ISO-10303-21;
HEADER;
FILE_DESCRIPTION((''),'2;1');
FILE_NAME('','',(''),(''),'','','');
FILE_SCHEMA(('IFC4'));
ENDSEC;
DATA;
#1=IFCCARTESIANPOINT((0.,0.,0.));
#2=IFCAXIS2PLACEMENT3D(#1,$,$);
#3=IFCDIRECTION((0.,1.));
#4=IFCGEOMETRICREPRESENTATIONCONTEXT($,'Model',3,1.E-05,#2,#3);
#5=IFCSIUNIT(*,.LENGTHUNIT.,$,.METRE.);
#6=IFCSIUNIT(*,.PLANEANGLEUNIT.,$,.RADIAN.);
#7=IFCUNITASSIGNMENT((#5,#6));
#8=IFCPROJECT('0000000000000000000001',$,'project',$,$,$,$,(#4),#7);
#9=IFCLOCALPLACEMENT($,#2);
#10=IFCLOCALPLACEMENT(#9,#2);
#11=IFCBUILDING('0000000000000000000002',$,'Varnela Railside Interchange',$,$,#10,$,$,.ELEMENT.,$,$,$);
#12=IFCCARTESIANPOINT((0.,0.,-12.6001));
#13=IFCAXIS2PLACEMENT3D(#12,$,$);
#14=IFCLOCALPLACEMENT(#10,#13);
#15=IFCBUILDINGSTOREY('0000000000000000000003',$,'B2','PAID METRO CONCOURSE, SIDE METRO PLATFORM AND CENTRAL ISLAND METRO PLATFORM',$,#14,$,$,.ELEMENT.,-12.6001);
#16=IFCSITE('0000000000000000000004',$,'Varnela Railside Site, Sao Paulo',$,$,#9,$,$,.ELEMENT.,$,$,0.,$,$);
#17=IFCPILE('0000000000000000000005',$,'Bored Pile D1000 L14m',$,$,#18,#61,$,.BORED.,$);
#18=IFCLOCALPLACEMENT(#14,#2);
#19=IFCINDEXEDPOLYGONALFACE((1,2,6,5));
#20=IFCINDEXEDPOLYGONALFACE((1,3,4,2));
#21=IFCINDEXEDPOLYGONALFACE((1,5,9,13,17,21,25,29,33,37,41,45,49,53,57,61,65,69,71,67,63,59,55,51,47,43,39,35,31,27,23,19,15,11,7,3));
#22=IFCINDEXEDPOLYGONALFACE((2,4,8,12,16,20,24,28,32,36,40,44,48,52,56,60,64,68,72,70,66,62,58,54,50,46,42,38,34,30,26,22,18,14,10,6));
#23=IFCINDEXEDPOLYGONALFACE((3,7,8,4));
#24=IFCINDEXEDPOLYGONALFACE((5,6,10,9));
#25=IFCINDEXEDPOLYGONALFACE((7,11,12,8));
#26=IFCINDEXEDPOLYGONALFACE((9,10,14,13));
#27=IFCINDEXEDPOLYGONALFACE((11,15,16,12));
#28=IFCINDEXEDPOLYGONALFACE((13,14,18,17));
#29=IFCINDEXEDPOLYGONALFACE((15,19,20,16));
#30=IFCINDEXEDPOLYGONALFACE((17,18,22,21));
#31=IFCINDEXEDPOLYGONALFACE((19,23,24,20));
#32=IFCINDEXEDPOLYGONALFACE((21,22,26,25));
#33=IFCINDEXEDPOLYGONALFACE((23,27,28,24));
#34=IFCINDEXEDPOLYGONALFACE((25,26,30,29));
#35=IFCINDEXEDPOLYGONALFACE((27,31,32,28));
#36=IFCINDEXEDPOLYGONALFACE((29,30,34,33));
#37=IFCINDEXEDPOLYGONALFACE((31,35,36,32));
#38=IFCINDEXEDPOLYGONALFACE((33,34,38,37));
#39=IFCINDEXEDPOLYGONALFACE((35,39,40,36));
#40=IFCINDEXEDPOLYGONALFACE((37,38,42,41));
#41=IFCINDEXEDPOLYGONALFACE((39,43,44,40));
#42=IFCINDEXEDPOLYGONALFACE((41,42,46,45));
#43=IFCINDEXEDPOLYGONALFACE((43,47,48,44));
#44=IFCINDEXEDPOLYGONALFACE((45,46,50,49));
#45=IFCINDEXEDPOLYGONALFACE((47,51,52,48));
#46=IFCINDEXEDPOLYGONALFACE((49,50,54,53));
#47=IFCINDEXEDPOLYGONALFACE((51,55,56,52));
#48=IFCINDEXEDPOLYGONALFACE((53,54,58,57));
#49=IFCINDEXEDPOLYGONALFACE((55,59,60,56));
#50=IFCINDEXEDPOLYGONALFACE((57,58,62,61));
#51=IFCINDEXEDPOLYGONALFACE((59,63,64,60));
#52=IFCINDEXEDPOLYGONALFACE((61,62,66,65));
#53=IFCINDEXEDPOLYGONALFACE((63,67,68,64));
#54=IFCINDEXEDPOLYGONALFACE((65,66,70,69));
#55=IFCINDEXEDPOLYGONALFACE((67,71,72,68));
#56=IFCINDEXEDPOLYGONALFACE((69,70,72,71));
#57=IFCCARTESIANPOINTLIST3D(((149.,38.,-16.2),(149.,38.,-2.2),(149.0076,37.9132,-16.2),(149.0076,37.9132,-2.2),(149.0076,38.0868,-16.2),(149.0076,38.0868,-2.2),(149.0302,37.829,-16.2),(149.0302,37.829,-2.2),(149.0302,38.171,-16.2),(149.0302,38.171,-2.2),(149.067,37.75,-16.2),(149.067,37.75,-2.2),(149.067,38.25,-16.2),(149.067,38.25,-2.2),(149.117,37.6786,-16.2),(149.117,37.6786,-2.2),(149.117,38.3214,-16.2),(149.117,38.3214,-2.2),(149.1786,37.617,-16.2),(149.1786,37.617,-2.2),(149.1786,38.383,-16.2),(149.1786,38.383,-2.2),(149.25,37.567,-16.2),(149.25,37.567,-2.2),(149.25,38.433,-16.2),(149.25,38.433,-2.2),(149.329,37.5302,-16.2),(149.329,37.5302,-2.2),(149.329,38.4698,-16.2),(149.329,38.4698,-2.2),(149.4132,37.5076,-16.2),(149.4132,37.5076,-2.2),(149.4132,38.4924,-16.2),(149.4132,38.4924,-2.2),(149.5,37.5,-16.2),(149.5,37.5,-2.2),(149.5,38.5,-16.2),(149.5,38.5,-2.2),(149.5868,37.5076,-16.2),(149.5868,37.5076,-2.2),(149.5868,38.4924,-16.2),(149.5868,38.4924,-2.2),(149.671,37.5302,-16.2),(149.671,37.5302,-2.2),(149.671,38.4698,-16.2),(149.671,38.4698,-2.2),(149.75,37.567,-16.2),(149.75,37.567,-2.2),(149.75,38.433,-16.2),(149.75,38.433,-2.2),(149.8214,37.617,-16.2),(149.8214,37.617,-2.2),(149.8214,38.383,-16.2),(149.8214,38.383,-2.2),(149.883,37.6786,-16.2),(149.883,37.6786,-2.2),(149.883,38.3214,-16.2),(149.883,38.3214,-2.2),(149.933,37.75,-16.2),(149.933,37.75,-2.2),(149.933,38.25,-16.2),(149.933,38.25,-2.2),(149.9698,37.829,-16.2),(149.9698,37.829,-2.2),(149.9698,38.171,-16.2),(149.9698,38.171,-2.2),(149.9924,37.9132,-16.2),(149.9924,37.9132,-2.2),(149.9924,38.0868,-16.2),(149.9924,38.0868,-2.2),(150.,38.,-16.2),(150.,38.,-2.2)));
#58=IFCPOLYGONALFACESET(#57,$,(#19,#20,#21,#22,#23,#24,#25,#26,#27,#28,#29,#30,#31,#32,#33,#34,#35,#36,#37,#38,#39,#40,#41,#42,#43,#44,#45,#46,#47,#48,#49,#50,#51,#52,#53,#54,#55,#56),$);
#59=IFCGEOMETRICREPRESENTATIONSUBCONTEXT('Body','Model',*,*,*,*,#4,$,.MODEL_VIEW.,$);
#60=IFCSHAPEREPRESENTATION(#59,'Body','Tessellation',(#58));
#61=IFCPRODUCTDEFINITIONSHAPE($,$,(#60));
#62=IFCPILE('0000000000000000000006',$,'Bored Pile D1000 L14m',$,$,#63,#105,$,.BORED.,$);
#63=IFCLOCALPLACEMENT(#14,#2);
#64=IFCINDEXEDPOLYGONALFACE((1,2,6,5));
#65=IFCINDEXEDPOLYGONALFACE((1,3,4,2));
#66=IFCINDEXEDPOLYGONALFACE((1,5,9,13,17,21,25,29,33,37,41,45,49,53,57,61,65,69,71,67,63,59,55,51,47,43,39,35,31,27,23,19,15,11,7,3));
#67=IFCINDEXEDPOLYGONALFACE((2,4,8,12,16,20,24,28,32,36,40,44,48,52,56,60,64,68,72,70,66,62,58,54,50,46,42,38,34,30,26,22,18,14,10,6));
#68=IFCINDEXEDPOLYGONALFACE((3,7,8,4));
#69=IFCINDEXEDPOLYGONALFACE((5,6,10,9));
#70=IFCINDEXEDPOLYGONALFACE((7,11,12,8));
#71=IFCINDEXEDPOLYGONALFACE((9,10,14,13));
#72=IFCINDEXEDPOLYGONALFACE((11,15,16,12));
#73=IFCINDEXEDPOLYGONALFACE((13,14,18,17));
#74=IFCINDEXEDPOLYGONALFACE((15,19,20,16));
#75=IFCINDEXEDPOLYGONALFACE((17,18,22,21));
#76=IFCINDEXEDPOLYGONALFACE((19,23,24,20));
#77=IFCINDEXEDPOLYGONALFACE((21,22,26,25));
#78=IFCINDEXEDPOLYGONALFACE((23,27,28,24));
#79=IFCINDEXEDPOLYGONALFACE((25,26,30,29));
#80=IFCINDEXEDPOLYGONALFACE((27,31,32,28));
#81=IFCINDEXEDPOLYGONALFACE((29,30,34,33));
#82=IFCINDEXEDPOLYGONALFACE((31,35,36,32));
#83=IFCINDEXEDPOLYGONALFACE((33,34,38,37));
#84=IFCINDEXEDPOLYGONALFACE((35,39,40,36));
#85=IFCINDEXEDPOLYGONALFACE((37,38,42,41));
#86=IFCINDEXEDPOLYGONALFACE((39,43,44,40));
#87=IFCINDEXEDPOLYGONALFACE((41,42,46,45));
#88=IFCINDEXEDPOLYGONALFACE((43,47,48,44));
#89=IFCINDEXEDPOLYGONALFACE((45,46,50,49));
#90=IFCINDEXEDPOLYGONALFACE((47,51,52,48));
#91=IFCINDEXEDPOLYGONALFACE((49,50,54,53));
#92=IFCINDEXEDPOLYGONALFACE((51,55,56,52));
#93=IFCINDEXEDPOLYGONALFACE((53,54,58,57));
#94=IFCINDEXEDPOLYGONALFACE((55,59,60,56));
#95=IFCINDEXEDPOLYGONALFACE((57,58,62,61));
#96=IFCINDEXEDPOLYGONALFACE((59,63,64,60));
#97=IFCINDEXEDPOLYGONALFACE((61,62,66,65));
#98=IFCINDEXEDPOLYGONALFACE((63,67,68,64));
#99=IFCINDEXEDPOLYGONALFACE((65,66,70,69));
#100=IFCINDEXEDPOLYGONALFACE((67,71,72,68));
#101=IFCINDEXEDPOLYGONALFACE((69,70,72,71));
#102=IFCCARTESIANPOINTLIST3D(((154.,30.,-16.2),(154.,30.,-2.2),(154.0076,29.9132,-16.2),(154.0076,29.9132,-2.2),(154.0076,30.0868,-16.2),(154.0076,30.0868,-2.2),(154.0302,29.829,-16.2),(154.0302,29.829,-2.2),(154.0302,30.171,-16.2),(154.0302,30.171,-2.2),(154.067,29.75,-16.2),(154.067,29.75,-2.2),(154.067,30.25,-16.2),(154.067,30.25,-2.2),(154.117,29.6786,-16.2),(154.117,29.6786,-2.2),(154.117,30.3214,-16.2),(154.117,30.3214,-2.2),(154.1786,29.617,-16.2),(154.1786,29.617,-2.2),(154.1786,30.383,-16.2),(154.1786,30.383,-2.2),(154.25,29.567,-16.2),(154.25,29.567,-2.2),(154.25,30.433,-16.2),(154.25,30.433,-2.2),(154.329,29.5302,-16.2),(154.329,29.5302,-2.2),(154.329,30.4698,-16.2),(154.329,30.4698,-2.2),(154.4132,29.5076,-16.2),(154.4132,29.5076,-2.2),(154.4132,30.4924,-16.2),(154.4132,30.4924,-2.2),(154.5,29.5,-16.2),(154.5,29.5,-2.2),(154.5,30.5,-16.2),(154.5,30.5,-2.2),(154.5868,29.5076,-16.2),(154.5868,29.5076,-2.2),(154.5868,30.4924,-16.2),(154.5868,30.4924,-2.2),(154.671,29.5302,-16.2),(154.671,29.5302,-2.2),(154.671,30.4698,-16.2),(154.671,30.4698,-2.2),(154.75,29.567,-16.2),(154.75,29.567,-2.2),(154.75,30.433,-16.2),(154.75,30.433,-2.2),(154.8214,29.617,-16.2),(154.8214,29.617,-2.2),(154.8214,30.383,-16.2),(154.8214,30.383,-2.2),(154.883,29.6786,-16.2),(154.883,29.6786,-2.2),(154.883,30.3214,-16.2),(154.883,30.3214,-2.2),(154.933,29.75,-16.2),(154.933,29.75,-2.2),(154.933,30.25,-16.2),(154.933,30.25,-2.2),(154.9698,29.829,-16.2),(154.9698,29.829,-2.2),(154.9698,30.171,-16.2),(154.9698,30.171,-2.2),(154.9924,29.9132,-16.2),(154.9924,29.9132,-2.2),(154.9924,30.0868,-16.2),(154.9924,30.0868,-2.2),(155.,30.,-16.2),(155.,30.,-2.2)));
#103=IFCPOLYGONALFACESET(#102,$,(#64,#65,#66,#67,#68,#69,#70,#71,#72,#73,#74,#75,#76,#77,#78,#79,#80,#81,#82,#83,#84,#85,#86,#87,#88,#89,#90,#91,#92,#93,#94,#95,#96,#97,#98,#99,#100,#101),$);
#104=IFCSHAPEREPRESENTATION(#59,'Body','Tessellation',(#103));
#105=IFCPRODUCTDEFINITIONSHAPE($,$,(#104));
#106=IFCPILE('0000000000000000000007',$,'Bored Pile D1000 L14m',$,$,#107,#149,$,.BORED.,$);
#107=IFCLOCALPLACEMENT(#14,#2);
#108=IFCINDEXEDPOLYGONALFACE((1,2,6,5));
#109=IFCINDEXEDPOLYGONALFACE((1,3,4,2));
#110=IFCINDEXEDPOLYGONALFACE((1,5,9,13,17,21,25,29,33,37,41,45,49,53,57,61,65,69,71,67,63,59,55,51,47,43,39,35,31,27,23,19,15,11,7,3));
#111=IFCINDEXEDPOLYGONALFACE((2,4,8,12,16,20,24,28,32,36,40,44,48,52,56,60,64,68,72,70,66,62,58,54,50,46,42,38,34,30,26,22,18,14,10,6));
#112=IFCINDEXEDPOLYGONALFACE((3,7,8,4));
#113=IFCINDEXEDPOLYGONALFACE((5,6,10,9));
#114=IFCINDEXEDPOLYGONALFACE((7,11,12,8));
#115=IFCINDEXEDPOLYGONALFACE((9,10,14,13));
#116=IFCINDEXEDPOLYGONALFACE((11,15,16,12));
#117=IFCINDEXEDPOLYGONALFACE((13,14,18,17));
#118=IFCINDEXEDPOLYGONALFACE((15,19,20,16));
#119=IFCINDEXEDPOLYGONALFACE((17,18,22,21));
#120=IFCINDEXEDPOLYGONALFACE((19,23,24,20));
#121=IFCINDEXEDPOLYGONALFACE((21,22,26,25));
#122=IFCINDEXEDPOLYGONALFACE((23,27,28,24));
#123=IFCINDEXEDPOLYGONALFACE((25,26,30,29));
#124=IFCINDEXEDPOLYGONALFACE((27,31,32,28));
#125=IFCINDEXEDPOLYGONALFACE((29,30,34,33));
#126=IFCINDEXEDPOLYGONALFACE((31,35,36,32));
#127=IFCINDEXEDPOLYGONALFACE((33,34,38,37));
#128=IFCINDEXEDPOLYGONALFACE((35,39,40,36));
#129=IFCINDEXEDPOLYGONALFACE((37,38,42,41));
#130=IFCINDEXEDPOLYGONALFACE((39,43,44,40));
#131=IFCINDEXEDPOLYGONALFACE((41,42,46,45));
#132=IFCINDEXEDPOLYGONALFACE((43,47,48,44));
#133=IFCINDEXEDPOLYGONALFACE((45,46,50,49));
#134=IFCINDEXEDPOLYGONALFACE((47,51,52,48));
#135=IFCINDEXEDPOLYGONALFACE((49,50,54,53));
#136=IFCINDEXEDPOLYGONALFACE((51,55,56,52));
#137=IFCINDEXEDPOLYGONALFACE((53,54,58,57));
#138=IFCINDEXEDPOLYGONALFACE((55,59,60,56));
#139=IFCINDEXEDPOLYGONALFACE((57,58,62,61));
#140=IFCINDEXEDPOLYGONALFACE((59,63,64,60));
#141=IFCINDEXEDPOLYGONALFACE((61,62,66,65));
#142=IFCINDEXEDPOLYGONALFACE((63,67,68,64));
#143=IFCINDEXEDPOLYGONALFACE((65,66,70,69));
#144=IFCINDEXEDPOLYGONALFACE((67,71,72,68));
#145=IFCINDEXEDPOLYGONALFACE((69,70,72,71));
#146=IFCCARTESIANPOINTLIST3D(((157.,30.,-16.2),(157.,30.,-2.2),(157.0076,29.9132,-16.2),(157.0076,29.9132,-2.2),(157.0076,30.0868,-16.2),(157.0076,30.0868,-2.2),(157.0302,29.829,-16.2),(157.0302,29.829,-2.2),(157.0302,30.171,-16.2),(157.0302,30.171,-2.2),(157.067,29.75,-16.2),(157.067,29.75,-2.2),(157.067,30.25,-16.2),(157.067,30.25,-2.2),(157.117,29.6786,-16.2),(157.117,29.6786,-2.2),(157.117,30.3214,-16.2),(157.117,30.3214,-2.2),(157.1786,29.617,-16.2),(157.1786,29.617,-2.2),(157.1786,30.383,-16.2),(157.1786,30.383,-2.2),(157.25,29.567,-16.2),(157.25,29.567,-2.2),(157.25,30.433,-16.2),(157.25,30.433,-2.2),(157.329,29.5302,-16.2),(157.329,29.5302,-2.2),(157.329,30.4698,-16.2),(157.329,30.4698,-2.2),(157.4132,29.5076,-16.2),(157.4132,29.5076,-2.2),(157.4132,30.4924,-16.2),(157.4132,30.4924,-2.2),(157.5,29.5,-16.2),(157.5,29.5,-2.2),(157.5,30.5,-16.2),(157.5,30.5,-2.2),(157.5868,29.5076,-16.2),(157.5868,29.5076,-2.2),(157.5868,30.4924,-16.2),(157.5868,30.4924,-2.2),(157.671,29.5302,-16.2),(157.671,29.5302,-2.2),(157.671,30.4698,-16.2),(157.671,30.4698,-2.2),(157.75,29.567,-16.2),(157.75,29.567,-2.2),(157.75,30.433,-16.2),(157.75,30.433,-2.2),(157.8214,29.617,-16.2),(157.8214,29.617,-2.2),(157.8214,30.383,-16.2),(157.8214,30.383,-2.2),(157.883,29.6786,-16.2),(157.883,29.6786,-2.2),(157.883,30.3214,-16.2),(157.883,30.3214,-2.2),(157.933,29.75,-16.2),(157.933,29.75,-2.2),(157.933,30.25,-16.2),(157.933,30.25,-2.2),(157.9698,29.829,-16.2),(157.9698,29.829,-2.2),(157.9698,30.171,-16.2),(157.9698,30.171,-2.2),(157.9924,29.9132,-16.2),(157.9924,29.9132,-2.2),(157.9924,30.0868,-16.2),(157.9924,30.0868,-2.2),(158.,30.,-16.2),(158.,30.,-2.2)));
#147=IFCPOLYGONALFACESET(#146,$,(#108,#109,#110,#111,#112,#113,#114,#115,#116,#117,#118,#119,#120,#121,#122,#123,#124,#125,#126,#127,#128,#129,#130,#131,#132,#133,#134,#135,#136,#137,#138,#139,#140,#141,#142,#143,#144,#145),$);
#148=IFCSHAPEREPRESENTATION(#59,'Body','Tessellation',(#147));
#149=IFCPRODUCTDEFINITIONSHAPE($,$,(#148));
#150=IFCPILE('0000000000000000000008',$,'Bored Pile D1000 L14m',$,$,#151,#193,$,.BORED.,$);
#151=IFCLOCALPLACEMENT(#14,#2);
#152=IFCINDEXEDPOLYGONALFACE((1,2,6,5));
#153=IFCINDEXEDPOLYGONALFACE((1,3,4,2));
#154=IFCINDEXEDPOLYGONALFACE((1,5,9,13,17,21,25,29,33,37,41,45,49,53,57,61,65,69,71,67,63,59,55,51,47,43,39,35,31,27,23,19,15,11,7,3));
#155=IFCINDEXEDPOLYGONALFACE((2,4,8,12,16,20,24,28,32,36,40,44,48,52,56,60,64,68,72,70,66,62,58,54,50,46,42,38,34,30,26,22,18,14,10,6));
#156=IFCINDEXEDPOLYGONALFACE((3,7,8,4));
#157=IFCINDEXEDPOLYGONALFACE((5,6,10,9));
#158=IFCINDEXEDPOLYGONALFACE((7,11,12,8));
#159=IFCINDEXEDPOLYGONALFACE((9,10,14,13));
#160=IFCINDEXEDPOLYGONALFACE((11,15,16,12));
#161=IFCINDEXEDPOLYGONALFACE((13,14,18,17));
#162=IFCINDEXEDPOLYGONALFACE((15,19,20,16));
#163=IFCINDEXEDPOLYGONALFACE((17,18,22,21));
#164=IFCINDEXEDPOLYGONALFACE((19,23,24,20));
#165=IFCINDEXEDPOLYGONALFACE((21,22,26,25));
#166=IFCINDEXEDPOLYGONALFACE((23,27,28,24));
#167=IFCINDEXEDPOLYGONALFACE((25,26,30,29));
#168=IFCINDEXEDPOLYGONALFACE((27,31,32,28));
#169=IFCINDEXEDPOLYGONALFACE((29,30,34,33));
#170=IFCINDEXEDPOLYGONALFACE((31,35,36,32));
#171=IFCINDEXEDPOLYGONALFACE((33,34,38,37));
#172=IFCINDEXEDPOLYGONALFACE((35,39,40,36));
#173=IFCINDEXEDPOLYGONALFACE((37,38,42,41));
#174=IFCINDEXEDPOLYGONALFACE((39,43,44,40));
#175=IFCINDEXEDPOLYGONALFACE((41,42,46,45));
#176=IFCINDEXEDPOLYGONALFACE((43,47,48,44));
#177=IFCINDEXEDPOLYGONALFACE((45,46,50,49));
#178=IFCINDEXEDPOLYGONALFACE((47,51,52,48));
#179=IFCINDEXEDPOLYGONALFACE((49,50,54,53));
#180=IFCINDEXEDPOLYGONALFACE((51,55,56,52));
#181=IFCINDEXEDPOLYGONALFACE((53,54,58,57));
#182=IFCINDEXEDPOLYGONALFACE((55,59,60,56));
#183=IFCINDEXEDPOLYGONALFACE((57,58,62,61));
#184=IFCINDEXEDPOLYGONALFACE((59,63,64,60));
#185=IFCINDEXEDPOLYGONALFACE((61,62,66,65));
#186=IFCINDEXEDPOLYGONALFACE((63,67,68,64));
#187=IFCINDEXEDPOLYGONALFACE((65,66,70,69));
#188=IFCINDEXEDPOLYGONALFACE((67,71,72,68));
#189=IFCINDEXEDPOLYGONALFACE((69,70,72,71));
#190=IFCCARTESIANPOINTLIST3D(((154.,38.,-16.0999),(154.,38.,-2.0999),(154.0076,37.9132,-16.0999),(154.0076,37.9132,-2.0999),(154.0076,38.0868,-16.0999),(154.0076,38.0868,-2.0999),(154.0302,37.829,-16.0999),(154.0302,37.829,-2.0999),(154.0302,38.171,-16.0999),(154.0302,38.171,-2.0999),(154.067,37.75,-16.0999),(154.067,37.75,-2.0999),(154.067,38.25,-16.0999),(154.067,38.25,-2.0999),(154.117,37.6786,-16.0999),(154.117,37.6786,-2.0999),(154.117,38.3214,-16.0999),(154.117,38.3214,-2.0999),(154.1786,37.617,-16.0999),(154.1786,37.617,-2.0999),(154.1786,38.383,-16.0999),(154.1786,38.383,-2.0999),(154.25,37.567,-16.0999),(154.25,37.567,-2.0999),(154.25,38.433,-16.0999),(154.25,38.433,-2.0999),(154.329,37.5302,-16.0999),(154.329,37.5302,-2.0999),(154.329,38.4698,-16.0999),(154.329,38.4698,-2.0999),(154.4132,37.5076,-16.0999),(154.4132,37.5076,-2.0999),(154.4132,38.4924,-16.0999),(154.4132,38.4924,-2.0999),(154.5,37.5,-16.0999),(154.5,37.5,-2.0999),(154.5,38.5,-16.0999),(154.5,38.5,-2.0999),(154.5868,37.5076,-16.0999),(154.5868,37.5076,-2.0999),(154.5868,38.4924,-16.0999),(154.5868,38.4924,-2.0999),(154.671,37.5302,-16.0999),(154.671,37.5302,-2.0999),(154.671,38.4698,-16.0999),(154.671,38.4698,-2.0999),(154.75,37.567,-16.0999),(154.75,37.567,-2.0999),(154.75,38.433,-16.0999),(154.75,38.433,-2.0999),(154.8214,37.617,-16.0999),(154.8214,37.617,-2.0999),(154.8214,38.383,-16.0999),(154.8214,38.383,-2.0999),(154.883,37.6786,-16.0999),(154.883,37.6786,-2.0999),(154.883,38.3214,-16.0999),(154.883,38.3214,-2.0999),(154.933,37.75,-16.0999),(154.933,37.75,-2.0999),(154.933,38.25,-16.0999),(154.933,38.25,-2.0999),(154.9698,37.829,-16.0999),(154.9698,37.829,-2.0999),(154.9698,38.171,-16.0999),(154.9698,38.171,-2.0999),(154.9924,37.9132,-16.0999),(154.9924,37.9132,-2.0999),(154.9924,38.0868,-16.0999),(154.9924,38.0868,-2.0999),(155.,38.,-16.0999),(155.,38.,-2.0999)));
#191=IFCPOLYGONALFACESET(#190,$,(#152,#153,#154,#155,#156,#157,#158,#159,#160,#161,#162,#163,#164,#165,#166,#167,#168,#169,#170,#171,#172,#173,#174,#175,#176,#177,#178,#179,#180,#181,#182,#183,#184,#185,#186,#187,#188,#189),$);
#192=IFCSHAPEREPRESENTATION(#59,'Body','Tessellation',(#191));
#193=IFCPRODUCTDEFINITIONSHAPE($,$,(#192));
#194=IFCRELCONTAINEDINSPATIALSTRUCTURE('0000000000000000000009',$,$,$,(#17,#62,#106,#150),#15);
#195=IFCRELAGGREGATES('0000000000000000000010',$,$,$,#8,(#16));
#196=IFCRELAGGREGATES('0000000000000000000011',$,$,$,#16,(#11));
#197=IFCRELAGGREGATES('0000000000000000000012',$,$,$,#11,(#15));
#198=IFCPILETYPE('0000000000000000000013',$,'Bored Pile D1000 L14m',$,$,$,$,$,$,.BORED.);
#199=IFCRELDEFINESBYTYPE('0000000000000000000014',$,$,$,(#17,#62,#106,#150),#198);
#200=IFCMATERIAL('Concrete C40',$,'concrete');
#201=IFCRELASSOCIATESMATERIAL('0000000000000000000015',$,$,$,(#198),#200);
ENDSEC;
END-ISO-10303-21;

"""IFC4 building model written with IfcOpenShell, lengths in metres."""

from ifc_helpers import new_model, si_unit, direction, frame, origin, origin_2d, place, context, subcontext, project, spatial, circle, extrude, material, material_profile, profile_set, type_object, element, save


model = new_model("IFC4")

# Units and contexts
model_context = context("Model", 3, precision=1e-05, world=origin(), true_north=direction((0.0, 1.0)))
body_context = subcontext(model_context, "Body", "Model", "MODEL_VIEW")
ifc_project = project(units=[si_unit("LENGTHUNIT", "METRE"), si_unit("PLANEANGLEUNIT", "RADIAN")], contexts=[model_context])

# Site, building, storey
site_placement = place(None, origin())
site = spatial("IfcSite", under=ifc_project, at=site_placement, Name="Varnela Railside Site, Sao Paulo", CompositionType="ELEMENT", RefElevation=0.0)
building_placement = place(site_placement, origin())
building = spatial("IfcBuilding", under=site, at=building_placement, Name="Varnela Railside Interchange", CompositionType="ELEMENT")
storey_placement = place(building_placement, frame((0.0, 0.0, -12.6001)))
storey = spatial("IfcBuildingStorey", under=building, at=storey_placement, Name="B2", Description="PAID METRO CONCOURSE, SIDE METRO PLATFORM AND CENTRAL ISLAND METRO PLATFORM", CompositionType="ELEMENT", Elevation=-12.6001)

# Piles
ifc_material_1 = material(Name="Concrete C40", Category="concrete")
ifc_material_profile_1 = material_profile(ifc_material_1, circle(Radius=0.5, at=origin_2d()), Name="BORED PILE D1000")
ifc_profile_set_1 = profile_set([ifc_material_profile_1], Name="Concrete C40")
pile_type_1 = type_object("IfcPileType", Name="Bored Pile D1000 L14m", PredefinedType="BORED", material=ifc_profile_set_1)
for number, where, z_axis, x_axis, name in (
    (1, (149.5, 38.0, -2.2), (0.0, 0.0, -1.0), (1.0, 0.0, 0.0), "Bored Pile D1000 L14m"),
    (2, (154.5, 30.0, -2.2), (0.0, 0.0, -1.0), (1.0, 0.0, 0.0), "Bored Pile D1000 L14m"),
    (3, (157.5, 30.0, -2.2), (0.0, 0.0, -1.0), (1.0, 0.0, 0.0), "Bored Pile D1000 L14m"),
    (4, (154.5, 38.0, -2.0999), (0.0, 0.0, -1.0), (1.0, 0.0, 0.0), "Bored Pile D1000 L14m"),
):
    element("IfcPile", number, at=place(storey_placement, frame(where, z_axis=z_axis, x_axis=x_axis)), inside=storey, type_object=pile_type_1, Name=name, PredefinedType="BORED", context=body_context, shape_type="SweptSolid", body=[
        extrude(circle(Radius=0.5, at=origin_2d()), origin(), (0.0, 0.0, 1.0), 14.0),
    ])

save(model, "model.ifc")
